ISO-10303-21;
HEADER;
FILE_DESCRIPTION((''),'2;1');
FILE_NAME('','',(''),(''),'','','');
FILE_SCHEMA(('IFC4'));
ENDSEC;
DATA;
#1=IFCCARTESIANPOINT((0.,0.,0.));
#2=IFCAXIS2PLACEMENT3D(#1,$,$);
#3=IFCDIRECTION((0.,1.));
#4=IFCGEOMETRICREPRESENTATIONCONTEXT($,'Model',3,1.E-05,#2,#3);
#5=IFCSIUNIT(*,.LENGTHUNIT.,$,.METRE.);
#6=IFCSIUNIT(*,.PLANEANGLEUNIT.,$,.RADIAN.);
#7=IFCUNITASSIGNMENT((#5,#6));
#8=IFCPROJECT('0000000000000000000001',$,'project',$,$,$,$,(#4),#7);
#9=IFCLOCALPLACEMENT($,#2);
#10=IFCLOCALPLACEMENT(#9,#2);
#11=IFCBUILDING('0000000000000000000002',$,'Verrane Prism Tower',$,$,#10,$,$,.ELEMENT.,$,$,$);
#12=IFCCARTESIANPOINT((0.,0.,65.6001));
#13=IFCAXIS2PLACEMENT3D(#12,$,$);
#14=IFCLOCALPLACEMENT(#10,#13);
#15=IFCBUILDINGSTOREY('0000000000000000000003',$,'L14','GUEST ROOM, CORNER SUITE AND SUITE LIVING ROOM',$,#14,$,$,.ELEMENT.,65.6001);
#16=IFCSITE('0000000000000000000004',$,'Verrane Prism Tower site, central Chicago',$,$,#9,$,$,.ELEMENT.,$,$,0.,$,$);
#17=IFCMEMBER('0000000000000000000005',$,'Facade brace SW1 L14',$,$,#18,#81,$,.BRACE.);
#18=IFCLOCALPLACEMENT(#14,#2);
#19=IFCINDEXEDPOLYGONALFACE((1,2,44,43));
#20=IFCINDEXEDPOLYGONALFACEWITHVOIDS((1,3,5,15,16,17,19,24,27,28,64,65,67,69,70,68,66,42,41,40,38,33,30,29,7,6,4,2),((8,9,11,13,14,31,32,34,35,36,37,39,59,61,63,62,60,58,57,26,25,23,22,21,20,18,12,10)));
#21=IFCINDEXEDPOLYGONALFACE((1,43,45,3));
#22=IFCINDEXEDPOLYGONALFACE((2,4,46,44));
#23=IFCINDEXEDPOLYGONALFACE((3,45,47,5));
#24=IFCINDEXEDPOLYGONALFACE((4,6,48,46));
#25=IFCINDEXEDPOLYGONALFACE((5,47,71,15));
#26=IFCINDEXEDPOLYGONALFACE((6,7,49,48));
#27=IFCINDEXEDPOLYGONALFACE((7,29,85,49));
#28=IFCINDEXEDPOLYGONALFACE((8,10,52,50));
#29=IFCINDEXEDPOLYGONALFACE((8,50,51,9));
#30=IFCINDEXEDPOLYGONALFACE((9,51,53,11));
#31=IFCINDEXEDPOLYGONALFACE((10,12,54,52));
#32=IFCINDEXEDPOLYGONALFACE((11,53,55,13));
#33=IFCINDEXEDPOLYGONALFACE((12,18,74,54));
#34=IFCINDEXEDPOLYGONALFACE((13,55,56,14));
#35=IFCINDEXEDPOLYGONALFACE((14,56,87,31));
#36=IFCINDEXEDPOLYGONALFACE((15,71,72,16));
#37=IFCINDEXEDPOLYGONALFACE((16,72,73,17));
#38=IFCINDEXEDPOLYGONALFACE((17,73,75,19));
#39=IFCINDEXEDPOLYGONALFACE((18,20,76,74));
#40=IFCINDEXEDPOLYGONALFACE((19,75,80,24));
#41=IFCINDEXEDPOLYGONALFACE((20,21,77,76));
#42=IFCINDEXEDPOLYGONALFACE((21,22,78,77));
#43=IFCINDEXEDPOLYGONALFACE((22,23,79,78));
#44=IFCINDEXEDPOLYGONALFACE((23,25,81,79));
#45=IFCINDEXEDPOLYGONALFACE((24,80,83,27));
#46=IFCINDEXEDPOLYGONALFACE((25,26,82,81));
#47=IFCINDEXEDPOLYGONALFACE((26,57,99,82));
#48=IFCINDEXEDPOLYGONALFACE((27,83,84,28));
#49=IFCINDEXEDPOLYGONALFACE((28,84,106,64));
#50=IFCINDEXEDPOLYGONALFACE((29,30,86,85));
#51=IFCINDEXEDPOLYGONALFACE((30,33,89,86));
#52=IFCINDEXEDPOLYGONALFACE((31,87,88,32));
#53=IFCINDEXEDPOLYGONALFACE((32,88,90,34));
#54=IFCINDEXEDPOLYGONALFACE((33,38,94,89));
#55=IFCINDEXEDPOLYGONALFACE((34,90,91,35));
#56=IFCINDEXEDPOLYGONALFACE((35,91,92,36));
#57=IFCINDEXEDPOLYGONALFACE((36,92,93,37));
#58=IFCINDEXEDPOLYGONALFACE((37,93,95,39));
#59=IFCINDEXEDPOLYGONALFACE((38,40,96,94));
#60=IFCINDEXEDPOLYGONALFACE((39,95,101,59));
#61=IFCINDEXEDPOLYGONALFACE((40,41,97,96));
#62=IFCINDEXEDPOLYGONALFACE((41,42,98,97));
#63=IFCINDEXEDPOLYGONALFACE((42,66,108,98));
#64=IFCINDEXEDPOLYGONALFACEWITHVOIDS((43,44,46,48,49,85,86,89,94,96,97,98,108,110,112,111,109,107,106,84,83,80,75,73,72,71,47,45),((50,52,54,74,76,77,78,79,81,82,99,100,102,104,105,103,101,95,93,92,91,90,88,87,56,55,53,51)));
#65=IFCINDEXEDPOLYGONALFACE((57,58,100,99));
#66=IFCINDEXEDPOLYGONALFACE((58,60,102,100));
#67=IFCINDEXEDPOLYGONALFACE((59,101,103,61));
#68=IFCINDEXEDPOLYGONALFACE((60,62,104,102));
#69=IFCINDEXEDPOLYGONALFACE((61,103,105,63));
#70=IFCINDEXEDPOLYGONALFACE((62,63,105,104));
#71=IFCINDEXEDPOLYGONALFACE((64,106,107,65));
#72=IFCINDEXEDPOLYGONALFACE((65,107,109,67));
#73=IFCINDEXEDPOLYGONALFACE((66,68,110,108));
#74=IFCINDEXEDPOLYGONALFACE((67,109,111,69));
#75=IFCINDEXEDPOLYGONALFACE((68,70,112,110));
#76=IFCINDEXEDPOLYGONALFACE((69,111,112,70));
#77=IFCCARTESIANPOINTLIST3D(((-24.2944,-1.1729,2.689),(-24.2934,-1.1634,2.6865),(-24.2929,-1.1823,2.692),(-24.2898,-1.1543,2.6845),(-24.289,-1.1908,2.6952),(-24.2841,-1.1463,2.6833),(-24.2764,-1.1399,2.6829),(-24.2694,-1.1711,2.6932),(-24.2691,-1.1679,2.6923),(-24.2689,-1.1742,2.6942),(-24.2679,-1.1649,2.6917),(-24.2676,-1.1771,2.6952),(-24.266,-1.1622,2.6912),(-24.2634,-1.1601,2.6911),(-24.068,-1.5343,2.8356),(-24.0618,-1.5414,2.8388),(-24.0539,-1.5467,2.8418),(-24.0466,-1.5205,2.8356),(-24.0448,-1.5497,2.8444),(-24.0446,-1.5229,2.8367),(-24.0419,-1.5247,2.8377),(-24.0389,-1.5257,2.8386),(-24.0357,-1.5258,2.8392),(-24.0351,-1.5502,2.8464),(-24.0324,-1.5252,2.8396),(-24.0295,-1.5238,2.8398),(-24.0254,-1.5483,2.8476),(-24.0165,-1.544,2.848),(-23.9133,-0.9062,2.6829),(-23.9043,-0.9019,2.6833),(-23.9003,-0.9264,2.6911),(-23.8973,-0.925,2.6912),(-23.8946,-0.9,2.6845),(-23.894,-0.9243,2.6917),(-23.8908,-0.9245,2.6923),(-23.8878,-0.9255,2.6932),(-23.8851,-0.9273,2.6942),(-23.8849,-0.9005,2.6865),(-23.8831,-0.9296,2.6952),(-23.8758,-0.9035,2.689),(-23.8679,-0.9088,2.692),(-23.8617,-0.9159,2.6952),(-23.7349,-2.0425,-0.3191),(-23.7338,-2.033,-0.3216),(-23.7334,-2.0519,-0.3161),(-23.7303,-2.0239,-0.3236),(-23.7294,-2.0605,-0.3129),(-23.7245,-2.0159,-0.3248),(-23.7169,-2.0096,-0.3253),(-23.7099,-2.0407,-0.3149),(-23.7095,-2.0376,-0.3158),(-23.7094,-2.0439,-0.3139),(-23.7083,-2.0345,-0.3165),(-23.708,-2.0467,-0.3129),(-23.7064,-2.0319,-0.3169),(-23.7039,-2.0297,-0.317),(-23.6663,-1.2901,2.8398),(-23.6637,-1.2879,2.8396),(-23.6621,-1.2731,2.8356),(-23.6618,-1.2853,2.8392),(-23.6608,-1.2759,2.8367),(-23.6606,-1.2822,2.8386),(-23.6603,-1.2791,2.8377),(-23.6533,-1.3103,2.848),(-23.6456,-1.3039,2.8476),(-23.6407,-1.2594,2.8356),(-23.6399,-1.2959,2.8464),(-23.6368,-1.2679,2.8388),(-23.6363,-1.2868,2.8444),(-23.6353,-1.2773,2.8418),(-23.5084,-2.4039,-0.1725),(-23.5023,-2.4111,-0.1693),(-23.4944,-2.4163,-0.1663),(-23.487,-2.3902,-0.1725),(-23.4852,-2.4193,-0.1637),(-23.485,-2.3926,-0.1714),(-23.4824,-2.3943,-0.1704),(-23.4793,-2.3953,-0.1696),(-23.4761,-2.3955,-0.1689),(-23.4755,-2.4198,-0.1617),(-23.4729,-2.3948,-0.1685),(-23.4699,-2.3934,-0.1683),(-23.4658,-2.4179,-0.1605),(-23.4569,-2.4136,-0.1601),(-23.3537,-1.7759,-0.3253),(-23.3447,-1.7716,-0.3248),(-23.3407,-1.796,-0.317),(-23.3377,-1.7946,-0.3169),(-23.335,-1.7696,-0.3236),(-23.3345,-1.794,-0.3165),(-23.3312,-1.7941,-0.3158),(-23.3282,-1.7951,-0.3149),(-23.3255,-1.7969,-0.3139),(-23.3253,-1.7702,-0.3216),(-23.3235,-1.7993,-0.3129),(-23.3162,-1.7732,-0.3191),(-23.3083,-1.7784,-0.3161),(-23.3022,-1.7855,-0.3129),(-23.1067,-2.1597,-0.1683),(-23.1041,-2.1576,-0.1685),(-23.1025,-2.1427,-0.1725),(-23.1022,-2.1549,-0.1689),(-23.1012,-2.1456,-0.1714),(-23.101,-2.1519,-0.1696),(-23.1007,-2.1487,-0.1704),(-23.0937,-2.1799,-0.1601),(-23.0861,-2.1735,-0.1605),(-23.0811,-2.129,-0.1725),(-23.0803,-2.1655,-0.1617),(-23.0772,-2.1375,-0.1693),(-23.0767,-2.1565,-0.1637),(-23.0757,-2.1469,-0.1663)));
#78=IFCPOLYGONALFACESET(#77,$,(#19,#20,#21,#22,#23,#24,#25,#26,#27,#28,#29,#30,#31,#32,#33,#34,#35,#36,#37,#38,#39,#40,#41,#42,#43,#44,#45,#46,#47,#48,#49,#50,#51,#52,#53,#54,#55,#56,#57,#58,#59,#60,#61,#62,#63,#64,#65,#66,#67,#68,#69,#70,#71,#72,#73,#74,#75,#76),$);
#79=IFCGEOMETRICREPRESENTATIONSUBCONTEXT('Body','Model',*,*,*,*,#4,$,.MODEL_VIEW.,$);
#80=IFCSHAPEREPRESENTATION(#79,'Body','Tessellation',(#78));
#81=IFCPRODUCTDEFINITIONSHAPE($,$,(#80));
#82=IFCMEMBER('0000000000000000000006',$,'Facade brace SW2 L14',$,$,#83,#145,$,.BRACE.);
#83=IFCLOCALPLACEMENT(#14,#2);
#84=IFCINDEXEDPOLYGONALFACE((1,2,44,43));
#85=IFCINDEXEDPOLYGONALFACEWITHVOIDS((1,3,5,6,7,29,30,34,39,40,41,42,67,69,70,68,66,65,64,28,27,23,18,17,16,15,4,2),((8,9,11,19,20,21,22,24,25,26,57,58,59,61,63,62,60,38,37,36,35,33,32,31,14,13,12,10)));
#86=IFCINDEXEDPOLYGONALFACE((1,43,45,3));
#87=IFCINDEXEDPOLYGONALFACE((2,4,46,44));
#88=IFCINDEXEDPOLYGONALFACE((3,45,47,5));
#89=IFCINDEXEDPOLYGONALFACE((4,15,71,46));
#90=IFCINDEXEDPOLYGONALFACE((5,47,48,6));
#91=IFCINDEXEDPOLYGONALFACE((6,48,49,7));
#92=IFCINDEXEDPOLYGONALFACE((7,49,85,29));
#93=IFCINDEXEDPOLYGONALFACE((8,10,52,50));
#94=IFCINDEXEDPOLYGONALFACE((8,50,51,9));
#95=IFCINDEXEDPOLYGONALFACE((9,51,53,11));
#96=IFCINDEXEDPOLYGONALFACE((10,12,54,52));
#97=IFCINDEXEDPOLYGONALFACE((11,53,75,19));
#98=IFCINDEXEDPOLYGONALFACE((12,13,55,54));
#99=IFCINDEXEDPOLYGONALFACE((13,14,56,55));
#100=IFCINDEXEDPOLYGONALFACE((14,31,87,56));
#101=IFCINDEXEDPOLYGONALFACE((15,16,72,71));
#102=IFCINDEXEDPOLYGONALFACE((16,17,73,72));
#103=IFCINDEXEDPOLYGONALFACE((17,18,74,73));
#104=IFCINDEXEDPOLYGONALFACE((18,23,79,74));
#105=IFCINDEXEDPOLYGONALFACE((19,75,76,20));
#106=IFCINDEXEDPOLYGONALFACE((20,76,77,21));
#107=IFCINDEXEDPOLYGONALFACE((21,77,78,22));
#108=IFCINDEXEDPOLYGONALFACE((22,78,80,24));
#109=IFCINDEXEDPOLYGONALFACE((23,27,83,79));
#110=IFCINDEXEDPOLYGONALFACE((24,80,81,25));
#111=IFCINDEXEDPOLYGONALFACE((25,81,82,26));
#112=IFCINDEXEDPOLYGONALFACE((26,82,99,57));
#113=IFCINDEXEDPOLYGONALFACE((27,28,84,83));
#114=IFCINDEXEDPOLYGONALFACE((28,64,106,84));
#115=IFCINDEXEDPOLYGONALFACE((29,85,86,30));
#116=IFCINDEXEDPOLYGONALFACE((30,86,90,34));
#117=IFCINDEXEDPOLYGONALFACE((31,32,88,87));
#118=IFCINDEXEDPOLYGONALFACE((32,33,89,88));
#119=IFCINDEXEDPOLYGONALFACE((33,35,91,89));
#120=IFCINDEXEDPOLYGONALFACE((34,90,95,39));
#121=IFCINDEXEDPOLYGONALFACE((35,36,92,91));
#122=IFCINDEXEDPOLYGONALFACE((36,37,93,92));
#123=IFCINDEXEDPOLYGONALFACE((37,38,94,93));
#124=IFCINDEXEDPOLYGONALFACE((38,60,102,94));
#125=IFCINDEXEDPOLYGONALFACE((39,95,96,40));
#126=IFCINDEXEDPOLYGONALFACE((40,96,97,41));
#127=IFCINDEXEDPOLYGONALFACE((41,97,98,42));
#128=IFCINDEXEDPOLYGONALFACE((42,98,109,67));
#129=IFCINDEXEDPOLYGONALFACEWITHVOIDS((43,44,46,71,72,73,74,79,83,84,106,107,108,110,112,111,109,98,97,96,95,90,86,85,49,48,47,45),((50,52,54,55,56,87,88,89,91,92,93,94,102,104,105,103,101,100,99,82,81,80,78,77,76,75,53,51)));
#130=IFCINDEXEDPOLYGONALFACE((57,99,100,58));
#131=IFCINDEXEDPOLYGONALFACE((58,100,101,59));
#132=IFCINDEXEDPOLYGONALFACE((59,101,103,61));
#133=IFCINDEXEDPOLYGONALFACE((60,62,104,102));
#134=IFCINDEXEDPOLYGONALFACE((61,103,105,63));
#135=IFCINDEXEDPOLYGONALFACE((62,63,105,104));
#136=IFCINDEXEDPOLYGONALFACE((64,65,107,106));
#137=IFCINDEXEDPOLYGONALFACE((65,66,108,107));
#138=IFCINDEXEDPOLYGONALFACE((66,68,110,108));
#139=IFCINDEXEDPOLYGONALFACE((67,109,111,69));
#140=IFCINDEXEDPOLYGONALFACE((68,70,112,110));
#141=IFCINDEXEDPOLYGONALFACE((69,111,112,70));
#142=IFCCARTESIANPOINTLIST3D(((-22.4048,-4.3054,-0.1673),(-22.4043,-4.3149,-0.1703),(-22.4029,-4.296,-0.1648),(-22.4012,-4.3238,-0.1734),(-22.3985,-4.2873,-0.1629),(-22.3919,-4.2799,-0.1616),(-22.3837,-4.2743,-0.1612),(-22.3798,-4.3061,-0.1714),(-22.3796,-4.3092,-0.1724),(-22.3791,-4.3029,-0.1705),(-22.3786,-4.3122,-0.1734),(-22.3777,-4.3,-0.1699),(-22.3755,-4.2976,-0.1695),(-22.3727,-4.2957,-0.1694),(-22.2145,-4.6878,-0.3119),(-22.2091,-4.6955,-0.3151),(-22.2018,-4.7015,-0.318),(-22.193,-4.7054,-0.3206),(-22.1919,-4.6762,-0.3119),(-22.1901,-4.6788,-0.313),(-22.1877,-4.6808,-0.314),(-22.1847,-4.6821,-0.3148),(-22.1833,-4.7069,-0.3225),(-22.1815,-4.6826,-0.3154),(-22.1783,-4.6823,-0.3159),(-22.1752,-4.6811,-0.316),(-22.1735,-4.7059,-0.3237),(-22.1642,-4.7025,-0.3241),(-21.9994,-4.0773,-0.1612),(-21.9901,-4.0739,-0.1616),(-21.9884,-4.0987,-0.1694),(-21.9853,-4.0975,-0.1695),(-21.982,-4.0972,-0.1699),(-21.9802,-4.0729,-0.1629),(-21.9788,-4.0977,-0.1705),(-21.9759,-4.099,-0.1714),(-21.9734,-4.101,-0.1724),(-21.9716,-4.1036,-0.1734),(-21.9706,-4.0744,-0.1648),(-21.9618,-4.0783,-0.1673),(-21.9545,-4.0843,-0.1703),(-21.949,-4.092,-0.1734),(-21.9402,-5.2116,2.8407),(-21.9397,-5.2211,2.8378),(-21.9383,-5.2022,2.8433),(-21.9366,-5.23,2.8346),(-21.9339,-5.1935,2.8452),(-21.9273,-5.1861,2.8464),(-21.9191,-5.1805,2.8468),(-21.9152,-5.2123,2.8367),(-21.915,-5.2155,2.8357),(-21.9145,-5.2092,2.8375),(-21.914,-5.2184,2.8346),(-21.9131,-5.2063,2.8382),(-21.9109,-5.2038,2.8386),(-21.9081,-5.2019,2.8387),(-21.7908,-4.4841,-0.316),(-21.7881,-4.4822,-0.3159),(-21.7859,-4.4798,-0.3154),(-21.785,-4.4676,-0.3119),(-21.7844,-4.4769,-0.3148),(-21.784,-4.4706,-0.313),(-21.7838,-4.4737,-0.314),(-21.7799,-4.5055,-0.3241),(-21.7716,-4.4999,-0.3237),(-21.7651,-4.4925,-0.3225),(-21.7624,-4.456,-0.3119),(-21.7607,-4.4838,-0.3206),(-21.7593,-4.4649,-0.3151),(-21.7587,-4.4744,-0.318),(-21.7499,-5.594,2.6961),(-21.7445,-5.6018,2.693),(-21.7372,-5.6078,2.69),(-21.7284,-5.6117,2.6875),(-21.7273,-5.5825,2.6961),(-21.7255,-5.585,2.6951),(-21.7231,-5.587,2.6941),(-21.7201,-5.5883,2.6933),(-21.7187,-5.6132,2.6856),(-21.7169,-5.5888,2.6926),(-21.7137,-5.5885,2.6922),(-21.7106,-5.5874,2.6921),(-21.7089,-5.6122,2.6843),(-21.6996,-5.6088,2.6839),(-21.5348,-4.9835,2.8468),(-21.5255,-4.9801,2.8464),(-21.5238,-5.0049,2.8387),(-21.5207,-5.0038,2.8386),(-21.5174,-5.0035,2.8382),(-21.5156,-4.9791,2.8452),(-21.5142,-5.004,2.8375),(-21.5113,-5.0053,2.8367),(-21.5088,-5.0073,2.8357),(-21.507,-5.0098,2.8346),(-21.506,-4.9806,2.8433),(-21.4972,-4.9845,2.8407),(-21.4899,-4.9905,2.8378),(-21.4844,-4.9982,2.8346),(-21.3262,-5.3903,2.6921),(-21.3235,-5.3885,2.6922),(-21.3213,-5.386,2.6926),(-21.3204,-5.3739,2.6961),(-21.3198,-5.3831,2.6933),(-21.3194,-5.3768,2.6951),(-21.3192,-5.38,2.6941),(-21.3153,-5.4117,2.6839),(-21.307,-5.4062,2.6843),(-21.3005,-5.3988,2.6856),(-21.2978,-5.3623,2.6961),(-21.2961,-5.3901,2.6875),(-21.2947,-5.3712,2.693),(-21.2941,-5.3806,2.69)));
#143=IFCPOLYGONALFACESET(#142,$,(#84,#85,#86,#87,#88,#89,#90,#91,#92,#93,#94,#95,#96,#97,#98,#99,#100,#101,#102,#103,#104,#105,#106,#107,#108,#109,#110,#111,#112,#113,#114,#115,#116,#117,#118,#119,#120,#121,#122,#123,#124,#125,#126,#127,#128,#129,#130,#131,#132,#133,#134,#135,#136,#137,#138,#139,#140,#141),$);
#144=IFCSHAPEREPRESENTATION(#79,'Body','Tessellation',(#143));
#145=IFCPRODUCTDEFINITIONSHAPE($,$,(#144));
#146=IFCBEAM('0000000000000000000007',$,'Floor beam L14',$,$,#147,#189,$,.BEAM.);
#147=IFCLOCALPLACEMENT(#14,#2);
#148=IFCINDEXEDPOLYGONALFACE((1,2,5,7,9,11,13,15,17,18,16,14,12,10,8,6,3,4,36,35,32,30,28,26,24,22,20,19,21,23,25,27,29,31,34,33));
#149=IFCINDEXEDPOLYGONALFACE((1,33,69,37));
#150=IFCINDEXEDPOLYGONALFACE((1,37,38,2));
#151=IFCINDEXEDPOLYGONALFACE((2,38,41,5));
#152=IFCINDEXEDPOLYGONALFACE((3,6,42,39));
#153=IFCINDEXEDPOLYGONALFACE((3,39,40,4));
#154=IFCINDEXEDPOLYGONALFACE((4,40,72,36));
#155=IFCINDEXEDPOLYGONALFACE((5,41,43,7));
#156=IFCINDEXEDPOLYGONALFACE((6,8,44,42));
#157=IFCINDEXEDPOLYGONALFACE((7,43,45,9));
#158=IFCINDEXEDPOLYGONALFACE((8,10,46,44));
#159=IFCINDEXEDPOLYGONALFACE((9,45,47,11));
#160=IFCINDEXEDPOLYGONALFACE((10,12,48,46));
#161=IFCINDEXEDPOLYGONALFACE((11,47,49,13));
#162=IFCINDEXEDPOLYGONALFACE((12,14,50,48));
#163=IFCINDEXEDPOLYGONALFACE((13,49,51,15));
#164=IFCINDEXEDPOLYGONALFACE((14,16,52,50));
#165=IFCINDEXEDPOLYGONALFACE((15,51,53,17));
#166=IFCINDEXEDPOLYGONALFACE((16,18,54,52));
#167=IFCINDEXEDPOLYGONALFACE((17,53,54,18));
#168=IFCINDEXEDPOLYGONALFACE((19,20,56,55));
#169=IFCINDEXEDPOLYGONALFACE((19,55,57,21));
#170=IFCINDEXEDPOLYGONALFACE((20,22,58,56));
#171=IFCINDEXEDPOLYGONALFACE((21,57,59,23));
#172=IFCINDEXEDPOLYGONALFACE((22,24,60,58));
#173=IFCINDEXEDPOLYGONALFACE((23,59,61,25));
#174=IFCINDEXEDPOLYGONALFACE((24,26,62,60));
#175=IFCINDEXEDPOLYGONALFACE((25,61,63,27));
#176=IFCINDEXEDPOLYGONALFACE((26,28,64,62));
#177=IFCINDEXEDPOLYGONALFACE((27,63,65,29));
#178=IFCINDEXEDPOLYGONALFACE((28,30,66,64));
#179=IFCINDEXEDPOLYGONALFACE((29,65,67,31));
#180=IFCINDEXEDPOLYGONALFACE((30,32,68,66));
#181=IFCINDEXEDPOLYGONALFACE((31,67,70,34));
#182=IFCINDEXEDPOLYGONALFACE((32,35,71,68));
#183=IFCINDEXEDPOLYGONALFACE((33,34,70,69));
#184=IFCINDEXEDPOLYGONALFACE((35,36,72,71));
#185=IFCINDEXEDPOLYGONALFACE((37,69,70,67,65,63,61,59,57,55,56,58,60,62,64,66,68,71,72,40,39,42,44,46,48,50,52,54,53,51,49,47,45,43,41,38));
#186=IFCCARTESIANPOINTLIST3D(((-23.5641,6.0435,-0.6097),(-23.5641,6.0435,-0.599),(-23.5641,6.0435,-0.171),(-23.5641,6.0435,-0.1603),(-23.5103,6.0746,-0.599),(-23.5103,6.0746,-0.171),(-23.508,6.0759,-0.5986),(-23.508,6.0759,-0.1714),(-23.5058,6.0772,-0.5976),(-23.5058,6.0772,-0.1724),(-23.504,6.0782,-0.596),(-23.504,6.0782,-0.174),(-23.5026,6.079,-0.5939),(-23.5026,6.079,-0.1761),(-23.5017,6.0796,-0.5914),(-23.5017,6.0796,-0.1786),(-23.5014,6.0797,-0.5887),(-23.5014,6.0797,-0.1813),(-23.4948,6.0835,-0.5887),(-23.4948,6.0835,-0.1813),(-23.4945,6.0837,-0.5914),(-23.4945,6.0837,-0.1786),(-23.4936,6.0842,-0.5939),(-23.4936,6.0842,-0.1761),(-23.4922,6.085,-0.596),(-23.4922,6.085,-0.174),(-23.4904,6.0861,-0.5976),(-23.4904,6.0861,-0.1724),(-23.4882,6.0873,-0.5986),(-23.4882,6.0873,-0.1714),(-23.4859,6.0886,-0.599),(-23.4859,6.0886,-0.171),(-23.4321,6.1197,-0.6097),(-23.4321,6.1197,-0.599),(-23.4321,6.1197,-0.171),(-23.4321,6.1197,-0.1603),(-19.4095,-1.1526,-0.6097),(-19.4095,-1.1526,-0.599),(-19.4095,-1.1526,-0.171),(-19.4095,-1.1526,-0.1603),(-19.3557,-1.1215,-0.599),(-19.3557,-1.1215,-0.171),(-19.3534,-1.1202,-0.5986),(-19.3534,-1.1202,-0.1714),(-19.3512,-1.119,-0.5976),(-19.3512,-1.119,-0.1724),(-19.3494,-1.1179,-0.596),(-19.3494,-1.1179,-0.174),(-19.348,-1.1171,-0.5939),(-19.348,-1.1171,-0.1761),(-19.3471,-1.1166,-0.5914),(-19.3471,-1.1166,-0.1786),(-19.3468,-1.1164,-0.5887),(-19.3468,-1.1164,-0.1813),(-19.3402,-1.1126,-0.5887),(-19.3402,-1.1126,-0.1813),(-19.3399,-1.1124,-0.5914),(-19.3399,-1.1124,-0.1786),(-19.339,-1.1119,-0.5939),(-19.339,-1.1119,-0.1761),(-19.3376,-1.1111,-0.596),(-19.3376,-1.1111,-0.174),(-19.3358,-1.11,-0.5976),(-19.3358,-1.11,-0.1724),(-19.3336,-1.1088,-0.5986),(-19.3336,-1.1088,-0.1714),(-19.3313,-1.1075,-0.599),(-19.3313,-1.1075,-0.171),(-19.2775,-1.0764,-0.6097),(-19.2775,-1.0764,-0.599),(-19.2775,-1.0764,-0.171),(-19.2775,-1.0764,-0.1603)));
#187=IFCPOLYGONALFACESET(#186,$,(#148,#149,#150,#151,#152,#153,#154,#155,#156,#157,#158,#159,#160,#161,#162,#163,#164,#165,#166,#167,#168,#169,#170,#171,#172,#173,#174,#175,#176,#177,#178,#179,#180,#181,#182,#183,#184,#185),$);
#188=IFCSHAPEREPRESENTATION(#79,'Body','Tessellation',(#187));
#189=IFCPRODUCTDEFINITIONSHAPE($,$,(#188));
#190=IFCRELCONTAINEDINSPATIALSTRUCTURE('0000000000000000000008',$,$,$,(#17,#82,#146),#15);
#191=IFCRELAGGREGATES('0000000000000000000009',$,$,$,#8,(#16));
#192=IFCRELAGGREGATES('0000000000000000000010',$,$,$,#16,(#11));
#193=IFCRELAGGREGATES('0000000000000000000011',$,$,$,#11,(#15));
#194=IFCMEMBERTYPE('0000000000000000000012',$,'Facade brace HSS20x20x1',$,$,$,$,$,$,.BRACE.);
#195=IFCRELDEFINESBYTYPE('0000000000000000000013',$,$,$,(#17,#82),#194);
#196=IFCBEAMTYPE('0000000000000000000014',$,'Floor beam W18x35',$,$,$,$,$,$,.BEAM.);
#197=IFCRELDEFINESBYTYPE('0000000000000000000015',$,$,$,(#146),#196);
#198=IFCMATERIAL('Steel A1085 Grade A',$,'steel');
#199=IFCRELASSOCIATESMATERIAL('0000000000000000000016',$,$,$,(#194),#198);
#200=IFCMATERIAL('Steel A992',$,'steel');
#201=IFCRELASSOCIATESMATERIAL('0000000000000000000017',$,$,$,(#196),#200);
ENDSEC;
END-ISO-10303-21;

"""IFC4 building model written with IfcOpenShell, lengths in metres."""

from ifc_helpers import new_model, si_unit, direction, frame, origin, origin_2d, place, context, subcontext, project, spatial, hollow_rectangle, i_section, extrude, material, material_profile, profile_set, type_object, element, save


model = new_model("IFC4")

# Units and contexts
model_context = context("Model", 3, precision=1e-05, world=origin(), true_north=direction((0.0, 1.0)))
body_context = subcontext(model_context, "Body", "Model", "MODEL_VIEW")
ifc_project = project(units=[si_unit("LENGTHUNIT", "METRE"), si_unit("PLANEANGLEUNIT", "RADIAN")], contexts=[model_context])

# Site, building, storey
site_placement = place(None, origin())
site = spatial("IfcSite", under=ifc_project, at=site_placement, Name="Verrane Prism Tower site, central Chicago", CompositionType="ELEMENT", RefElevation=0.0)
building_placement = place(site_placement, origin())
building = spatial("IfcBuilding", under=site, at=building_placement, Name="Verrane Prism Tower", CompositionType="ELEMENT")
storey_placement = place(building_placement, frame((0.0, 0.0, 65.6001)))
storey = spatial("IfcBuildingStorey", under=building, at=storey_placement, Name="L14", Description="GUEST ROOM, CORNER SUITE AND SUITE LIVING ROOM", CompositionType="ELEMENT", Elevation=65.6001)

# Members
ifc_material_1 = material(Name="Steel A1085 Grade A", Category="steel")
ifc_material_profile_1 = material_profile(ifc_material_1, hollow_rectangle(XDim=0.5081, YDim=0.5081, WallThickness=0.0254, InnerFilletRadius=0.0127, OuterFilletRadius=0.0381, at=origin_2d()), Name="HSS20x20x1")
ifc_profile_set_1 = profile_set([ifc_material_profile_1], Name="Steel A1085 Grade A")
member_type_1 = type_object("IfcMemberType", Name="Facade brace HSS20x20x1", PredefinedType="BRACE", material=ifc_profile_set_1)
member_1_placement = place(storey_placement, frame((-23.4053, -2.0947, -0.2427), z_axis=(-0.175919, 0.273396, 0.945678), x_axis=(-0.840948, -0.541116, 0.0)))
element("IfcMember", 1, at=member_1_placement, inside=storey, type_object=member_type_1, Name="Facade brace SW1 L14", PredefinedType="BRACE", context=body_context, shape_type="SweptSolid", body=[
    extrude(hollow_rectangle(XDim=0.5081, YDim=0.5081, WallThickness=0.0254, InnerFilletRadius=0.0127, OuterFilletRadius=0.0381, at=origin_2d()), origin(), (0.0, 0.0, 1.0), 3.1809),
])
member_2_placement = place(storey_placement, frame((-22.0818, -4.3899, -0.2427), z_axis=(0.146295, -0.285363, 0.947188), x_axis=(0.889875, 0.456205, 0.0)))
element("IfcMember", 2, at=member_2_placement, inside=storey, type_object=member_type_1, Name="Facade brace SW2 L14", PredefinedType="BRACE", context=body_context, shape_type="SweptSolid", body=[
    extrude(hollow_rectangle(XDim=0.5081, YDim=0.5081, WallThickness=0.0254, InnerFilletRadius=0.0127, OuterFilletRadius=0.0381, at=origin_2d()), origin(), (0.0, 0.0, 1.0), 3.1758),
])

# Beam
ifc_material_2 = material(Name="Steel A992", Category="steel")
ifc_material_profile_2 = material_profile(ifc_material_2, i_section(OverallWidth=0.1523, OverallDepth=0.4495, WebThickness=0.0076, FlangeThickness=0.0107, FilletRadius=0.0103, at=origin_2d()), Name="W18x35")
ifc_profile_set_2 = profile_set([ifc_material_profile_2], Name="Steel A992")
beam_type_1 = type_object("IfcBeamType", Name="Floor beam W18x35", PredefinedType="BEAM", material=ifc_profile_set_2)
beam_1_placement = place(storey_placement, frame((-19.3435, -1.1145, -0.385), z_axis=(-0.499991, 0.86603, 0.0), x_axis=(-0.86603, -0.499991, 0.0)))
element("IfcBeam", 3, at=beam_1_placement, inside=storey, type_object=beam_type_1, Name="Floor beam L14", PredefinedType="BEAM", context=body_context, shape_type="SweptSolid", body=[
    extrude(i_section(OverallWidth=0.1523, OverallDepth=0.4495, WebThickness=0.0076, FlangeThickness=0.0107, FilletRadius=0.0103, at=origin_2d()), origin(), (0.0, 0.0, 1.0), 8.3093),
])

save(model, "model.ifc")
